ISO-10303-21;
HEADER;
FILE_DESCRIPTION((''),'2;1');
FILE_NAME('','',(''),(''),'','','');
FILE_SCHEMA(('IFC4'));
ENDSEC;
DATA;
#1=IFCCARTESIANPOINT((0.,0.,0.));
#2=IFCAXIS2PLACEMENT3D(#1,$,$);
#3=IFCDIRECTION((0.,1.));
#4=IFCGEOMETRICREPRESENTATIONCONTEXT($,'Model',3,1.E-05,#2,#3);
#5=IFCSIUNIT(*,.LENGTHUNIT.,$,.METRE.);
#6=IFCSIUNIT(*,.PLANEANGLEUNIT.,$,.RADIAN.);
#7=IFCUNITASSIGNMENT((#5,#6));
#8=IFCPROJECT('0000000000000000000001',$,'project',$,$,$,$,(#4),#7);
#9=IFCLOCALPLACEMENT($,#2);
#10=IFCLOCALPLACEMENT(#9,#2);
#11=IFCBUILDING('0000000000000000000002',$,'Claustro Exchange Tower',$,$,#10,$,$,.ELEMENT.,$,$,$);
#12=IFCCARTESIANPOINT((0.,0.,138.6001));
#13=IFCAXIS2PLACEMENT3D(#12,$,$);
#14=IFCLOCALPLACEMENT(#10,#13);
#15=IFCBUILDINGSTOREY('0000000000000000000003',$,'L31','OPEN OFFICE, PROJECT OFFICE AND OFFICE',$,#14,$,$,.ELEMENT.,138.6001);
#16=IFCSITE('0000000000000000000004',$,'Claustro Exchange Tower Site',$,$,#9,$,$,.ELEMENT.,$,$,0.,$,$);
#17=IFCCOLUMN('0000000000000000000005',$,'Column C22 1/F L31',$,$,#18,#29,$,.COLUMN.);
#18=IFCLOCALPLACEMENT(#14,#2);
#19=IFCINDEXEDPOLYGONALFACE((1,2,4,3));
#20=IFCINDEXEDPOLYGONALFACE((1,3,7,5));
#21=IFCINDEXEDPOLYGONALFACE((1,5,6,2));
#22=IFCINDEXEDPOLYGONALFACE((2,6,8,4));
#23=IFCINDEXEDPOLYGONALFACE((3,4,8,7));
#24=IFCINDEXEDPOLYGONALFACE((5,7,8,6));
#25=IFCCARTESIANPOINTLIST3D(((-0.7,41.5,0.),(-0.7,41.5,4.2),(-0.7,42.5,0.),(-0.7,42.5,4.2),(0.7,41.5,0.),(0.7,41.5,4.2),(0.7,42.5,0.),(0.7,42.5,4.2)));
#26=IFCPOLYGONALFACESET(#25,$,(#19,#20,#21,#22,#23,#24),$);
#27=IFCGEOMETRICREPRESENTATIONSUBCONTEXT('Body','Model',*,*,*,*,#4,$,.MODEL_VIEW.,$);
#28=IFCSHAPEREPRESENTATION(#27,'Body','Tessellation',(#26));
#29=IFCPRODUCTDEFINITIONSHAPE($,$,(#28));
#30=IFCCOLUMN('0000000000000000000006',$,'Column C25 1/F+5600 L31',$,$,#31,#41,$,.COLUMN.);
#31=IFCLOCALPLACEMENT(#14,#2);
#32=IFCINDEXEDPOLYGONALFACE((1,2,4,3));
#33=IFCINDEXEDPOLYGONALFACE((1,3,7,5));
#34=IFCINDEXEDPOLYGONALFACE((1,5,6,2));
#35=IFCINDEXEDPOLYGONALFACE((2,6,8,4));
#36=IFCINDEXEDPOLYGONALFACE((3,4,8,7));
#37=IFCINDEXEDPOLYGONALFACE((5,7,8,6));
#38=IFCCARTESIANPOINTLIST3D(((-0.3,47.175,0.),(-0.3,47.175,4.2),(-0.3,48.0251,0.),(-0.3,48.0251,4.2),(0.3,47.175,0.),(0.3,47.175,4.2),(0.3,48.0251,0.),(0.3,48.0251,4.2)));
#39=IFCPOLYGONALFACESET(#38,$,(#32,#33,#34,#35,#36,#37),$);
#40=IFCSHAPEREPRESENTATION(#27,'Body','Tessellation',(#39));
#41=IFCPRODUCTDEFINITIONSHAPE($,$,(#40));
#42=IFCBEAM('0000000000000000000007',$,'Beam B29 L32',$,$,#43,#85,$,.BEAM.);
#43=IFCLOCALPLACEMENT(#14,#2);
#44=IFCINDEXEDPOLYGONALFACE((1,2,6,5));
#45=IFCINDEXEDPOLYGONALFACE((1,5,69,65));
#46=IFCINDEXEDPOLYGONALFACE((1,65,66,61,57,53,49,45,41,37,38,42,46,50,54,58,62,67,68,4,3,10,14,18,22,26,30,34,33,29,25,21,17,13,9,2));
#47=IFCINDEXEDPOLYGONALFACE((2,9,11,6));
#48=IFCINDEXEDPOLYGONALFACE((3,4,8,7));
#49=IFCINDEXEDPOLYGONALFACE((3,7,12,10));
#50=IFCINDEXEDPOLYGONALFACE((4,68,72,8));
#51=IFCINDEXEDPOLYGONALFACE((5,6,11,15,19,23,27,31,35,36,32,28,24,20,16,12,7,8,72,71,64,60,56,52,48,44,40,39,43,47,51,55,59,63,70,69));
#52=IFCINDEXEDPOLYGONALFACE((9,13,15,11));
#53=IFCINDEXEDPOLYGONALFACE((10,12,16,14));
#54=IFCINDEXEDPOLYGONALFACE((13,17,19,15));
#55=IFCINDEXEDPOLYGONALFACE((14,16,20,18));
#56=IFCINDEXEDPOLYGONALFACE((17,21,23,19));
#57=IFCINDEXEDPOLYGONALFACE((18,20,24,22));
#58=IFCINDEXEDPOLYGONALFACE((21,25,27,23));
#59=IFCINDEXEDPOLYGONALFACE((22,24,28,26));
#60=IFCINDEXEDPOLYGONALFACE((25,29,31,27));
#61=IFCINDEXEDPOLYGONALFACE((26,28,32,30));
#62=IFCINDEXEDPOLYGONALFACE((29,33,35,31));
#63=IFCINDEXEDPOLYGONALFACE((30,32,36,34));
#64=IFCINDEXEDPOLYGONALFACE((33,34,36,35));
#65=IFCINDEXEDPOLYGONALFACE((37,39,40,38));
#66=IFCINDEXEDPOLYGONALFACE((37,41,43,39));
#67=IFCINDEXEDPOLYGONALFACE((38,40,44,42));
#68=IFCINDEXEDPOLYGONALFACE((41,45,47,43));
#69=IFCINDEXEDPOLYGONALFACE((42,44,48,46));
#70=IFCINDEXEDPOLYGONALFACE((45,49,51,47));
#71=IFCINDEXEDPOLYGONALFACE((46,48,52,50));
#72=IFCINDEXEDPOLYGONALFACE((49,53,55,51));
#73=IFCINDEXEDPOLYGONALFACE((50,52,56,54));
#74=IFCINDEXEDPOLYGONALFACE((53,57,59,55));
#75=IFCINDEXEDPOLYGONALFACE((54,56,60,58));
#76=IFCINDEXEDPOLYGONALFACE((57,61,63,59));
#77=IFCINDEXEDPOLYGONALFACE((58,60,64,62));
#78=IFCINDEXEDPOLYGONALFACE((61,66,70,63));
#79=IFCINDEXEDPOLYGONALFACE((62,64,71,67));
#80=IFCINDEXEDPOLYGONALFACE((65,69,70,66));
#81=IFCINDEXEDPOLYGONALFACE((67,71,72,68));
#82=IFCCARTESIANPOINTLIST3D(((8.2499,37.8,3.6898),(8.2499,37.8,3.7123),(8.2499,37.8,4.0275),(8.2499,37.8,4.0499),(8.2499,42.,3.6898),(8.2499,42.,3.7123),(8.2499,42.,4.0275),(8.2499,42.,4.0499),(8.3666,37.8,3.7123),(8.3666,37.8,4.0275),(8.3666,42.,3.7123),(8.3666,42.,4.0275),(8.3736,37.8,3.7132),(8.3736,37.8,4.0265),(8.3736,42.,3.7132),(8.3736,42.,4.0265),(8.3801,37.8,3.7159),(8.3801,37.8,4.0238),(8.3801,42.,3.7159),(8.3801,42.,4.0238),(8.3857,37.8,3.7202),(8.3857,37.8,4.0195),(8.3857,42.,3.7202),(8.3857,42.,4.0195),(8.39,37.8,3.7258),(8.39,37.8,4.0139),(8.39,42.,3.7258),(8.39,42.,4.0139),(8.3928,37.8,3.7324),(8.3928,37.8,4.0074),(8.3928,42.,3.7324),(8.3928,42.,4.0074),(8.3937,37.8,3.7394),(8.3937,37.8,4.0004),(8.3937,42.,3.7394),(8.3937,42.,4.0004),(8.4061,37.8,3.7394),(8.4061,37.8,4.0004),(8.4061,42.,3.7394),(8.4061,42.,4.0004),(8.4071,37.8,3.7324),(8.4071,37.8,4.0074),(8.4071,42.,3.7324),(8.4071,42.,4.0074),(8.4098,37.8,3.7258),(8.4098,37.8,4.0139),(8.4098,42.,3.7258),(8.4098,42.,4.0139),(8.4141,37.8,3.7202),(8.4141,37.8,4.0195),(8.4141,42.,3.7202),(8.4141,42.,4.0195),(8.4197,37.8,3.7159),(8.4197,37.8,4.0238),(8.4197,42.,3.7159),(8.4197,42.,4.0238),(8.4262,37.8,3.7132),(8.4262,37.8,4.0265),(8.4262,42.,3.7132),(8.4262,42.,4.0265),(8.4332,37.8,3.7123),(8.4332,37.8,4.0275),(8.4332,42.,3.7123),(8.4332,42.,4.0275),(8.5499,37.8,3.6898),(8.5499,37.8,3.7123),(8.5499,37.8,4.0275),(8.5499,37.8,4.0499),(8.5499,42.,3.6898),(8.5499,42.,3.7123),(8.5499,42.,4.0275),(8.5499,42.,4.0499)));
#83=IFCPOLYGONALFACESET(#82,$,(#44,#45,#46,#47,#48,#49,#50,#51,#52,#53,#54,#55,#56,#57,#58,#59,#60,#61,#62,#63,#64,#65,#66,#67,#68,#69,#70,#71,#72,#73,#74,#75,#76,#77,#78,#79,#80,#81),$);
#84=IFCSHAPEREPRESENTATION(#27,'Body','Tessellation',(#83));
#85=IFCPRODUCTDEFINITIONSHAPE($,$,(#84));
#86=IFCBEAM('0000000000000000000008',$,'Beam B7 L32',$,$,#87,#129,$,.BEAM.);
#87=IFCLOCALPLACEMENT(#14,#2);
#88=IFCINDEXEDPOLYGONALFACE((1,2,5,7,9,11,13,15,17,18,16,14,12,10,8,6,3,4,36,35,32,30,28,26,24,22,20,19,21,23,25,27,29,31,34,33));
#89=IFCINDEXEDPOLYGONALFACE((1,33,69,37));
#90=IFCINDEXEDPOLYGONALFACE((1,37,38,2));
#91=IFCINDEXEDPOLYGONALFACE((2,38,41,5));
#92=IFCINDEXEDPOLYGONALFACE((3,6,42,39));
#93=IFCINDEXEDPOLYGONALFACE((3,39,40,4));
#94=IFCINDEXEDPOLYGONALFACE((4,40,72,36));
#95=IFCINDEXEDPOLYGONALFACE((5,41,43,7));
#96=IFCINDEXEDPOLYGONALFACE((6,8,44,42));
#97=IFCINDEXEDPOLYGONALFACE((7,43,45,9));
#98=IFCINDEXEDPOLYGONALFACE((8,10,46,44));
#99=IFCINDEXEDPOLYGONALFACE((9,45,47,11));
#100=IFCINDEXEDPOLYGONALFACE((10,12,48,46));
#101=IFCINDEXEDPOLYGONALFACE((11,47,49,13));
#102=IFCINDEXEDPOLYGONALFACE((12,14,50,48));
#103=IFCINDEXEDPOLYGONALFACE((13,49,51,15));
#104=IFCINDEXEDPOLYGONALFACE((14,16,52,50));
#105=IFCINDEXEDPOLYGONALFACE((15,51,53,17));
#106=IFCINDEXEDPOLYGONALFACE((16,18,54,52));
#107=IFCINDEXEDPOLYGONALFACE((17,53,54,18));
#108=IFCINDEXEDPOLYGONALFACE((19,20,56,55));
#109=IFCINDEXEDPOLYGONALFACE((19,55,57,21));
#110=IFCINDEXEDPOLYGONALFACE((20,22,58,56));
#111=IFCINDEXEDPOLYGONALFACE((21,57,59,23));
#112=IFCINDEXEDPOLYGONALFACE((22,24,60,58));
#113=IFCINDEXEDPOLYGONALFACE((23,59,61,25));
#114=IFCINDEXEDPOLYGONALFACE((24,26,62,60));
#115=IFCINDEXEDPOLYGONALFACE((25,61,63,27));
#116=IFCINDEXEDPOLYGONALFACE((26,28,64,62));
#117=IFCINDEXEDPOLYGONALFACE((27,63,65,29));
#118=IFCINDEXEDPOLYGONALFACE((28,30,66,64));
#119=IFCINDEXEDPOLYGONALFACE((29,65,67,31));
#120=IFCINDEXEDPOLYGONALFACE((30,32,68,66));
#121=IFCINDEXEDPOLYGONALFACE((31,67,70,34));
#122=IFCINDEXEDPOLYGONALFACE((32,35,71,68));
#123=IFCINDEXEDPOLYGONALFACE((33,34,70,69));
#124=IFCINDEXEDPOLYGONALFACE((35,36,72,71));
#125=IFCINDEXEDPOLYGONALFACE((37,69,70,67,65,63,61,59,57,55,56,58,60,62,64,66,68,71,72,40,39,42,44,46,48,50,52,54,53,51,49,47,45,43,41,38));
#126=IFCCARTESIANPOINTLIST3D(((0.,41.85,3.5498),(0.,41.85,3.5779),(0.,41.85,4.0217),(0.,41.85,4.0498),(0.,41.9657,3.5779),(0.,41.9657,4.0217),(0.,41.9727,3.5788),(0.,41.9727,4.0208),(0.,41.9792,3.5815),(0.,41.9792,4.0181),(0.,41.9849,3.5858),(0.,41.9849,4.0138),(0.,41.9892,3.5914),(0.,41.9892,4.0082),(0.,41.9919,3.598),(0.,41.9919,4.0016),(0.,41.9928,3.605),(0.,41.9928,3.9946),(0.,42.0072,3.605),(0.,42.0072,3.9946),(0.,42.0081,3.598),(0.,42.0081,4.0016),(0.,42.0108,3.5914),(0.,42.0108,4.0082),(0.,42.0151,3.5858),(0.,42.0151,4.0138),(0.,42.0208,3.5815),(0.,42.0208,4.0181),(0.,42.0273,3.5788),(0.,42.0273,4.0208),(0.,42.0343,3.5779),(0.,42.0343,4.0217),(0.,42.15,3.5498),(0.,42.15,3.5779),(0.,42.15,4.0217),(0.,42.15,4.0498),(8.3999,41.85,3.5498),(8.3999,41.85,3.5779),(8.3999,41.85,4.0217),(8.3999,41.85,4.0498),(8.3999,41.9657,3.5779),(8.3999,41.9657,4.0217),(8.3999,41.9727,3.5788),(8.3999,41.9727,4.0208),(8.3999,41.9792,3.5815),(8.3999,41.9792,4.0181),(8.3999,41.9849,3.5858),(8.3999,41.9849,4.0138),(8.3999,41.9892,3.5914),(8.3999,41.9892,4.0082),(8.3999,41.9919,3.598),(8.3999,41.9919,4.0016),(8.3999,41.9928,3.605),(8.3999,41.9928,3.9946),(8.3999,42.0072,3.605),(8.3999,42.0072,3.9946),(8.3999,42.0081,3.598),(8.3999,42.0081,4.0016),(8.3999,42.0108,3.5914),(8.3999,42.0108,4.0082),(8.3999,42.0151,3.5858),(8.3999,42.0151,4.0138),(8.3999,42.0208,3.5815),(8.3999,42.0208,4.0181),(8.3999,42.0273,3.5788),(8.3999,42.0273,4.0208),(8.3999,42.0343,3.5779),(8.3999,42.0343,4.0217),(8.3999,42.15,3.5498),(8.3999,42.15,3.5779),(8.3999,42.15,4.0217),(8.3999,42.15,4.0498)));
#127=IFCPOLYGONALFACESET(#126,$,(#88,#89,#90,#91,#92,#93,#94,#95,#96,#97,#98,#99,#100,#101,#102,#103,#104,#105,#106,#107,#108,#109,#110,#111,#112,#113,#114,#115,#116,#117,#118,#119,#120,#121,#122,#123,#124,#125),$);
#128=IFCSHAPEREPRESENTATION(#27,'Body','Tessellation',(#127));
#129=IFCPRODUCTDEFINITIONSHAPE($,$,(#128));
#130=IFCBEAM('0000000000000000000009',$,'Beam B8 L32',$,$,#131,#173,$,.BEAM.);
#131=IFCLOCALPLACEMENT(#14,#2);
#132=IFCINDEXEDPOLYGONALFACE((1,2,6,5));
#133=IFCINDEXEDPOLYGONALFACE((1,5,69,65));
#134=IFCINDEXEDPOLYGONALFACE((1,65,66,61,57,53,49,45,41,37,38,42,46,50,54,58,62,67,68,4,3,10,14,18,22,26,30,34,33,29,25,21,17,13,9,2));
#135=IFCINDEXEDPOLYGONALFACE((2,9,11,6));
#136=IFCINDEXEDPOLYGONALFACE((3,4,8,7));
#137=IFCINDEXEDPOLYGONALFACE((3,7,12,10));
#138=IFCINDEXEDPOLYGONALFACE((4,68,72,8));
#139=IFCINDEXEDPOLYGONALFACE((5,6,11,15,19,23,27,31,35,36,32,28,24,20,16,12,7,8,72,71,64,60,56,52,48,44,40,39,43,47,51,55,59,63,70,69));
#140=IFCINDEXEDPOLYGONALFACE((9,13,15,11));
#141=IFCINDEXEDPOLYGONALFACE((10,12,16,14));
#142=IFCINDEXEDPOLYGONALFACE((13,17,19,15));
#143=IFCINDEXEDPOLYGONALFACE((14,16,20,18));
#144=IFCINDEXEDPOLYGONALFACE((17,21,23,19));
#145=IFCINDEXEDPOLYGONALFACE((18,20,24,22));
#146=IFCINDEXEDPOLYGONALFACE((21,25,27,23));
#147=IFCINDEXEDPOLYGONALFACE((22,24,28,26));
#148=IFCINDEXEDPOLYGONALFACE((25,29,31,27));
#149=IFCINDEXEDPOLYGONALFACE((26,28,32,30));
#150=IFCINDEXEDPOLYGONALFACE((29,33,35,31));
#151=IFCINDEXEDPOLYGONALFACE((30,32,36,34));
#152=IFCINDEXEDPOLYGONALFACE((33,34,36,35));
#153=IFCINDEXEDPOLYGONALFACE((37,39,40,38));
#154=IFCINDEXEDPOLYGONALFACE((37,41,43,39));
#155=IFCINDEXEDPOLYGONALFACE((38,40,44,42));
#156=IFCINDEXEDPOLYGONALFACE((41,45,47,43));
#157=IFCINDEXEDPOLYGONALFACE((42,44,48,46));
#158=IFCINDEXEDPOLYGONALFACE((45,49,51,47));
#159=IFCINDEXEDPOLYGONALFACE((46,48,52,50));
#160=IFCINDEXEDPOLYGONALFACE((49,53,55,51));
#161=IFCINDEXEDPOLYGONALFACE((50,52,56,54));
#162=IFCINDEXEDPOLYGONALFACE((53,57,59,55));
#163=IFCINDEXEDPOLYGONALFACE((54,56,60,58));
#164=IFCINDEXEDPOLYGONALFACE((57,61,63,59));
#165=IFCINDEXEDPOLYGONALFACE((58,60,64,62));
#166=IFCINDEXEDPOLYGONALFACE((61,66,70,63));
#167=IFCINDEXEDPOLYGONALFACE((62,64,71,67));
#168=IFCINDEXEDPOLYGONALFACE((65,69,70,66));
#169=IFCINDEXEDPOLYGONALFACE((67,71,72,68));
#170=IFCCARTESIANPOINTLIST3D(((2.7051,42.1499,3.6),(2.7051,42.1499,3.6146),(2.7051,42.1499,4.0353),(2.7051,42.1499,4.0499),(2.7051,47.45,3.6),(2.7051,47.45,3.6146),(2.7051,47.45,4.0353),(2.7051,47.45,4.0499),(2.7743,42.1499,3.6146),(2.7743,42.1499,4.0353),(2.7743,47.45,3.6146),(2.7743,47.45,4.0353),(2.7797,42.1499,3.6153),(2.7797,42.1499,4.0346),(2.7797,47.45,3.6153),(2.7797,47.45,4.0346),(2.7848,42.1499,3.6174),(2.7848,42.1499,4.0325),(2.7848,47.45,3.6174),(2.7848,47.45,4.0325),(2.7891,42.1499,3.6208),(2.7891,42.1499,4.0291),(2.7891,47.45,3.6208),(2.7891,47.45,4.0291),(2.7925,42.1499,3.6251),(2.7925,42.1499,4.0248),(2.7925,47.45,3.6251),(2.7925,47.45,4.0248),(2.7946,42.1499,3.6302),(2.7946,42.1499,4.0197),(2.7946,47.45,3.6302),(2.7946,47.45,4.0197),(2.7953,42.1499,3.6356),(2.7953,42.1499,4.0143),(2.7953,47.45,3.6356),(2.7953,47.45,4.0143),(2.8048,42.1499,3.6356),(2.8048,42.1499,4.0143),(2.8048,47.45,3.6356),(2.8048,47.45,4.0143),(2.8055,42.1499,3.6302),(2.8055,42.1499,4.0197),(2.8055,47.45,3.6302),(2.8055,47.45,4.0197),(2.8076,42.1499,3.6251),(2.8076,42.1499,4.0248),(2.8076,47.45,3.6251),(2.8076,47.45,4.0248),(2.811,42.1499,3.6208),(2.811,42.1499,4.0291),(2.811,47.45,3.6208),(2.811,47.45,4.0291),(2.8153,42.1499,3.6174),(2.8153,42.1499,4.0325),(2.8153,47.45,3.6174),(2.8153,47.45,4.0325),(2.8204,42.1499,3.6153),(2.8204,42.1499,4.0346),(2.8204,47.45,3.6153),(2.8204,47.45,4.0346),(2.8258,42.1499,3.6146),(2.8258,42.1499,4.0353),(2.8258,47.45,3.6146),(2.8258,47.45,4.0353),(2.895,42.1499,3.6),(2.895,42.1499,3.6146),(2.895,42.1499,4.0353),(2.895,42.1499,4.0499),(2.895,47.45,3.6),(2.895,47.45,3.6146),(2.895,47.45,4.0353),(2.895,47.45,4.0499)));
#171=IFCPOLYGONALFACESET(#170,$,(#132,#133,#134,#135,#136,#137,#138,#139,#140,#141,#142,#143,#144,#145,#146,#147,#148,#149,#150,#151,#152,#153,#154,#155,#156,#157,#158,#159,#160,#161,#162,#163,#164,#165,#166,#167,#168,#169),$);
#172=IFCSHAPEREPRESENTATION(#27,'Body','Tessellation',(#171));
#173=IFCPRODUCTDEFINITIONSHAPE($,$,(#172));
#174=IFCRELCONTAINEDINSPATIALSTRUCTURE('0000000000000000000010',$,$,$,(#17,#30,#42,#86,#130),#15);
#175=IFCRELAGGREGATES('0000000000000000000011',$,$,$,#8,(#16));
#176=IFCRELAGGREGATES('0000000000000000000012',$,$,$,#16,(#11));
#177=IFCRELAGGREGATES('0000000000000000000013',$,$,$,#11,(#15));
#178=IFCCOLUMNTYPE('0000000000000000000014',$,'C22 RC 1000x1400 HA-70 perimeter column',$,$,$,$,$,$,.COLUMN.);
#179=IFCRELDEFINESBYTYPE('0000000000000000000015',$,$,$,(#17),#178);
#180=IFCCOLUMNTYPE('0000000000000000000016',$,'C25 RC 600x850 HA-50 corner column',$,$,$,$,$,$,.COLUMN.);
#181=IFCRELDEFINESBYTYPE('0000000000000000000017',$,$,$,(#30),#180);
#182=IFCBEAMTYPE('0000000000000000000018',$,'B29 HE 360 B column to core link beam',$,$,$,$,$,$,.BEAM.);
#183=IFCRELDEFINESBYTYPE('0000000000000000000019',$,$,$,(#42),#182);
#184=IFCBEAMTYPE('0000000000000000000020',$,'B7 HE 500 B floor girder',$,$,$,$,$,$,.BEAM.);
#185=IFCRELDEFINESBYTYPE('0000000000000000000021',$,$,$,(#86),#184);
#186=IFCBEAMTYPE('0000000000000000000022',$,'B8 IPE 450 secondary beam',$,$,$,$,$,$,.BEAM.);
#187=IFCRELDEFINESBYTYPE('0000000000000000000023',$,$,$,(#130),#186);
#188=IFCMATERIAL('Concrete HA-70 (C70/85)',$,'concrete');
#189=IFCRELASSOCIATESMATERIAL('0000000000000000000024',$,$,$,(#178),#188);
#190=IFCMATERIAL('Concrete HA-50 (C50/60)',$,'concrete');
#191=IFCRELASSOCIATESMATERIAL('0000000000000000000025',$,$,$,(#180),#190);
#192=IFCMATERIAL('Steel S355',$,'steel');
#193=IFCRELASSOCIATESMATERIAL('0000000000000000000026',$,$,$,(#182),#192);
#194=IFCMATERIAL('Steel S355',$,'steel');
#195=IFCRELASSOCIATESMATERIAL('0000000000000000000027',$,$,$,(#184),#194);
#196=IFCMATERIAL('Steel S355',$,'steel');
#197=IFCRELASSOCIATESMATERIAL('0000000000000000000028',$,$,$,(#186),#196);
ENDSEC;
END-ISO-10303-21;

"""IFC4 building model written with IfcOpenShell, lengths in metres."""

from ifc_helpers import new_model, si_unit, direction, frame, origin, origin_2d, place, context, subcontext, project, spatial, rectangle, i_section, extrude, material, material_profile, profile_set, type_object, element, save


model = new_model("IFC4")

# Units and contexts
model_context = context("Model", 3, precision=1e-05, world=origin(), true_north=direction((0.0, 1.0)))
body_context = subcontext(model_context, "Body", "Model", "MODEL_VIEW")
ifc_project = project(units=[si_unit("LENGTHUNIT", "METRE"), si_unit("PLANEANGLEUNIT", "RADIAN")], contexts=[model_context])

# Site, building, storey
site_placement = place(None, origin())
site = spatial("IfcSite", under=ifc_project, at=site_placement, Name="Claustro Exchange Tower Site", CompositionType="ELEMENT", RefElevation=0.0)
building_placement = place(site_placement, origin())
building = spatial("IfcBuilding", under=site, at=building_placement, Name="Claustro Exchange Tower", CompositionType="ELEMENT")
storey_placement = place(building_placement, frame((0.0, 0.0, 138.6001)))
storey = spatial("IfcBuildingStorey", under=building, at=storey_placement, Name="L31", Description="OPEN OFFICE, PROJECT OFFICE AND OFFICE", CompositionType="ELEMENT", Elevation=138.6001)

# Columns
ifc_material_1 = material(Name="Concrete HA-70 (C70/85)", Category="concrete")
ifc_material_profile_1 = material_profile(ifc_material_1, rectangle(XDim=1.0, YDim=1.3999, at=origin_2d()), Name="RC 1000x1400")
ifc_profile_set_1 = profile_set([ifc_material_profile_1], Name="Concrete HA-70 (C70/85)")
column_type_1 = type_object("IfcColumnType", Name="C22 RC 1000x1400 HA-70 perimeter column", PredefinedType="COLUMN", material=ifc_profile_set_1)
column_1_placement = place(storey_placement, frame((0.0, 42.0, 0.0), z_axis=(0.0, 0.0, 1.0), x_axis=(0.0, 1.0, 0.0)))
element("IfcColumn", 1, at=column_1_placement, inside=storey, type_object=column_type_1, Name="Column C22 1/F L31", PredefinedType="COLUMN", context=body_context, shape_type="SweptSolid", body=[
    extrude(rectangle(XDim=1.0, YDim=1.3999, at=origin_2d()), origin(), (0.0, 0.0, 1.0), 4.2),
])
ifc_material_2 = material(Name="Concrete HA-50 (C50/60)", Category="concrete")
ifc_material_profile_2 = material_profile(ifc_material_2, rectangle(XDim=0.6001, YDim=0.8501, at=origin_2d()), Name="RC 600x850")
ifc_profile_set_2 = profile_set([ifc_material_profile_2], Name="Concrete HA-50 (C50/60)")
column_type_2 = type_object("IfcColumnType", Name="C25 RC 600x850 HA-50 corner column", PredefinedType="COLUMN", material=ifc_profile_set_2)
column_2_placement = place(storey_placement, frame((0.0, 47.6001, 0.0), z_axis=(0.0, 0.0, 1.0), x_axis=(1.0, 0.0, 0.0)))
element("IfcColumn", 2, at=column_2_placement, inside=storey, type_object=column_type_2, Name="Column C25 1/F+5600 L31", PredefinedType="COLUMN", context=body_context, shape_type="SweptSolid", body=[
    extrude(rectangle(XDim=0.6001, YDim=0.8501, at=origin_2d()), origin(), (0.0, 0.0, 1.0), 4.2),
])

# Beams
ifc_material_3 = material(Name="Steel S355", Category="steel")
ifc_material_profile_3 = material_profile(ifc_material_3, i_section(OverallWidth=0.3, OverallDepth=0.3601, WebThickness=0.0125, FlangeThickness=0.0225, FilletRadius=0.0271, at=origin_2d()), Name="HE 360 B")
ifc_profile_set_3 = profile_set([ifc_material_profile_3], Name="Steel S355")
beam_type_1 = type_object("IfcBeamType", Name="B29 HE 360 B column to core link beam", PredefinedType="BEAM", material=ifc_profile_set_3)
beam_1_placement = place(storey_placement, frame((8.3999, 37.8, 3.8699), z_axis=(0.0, 1.0, 0.0), x_axis=(-1.0, 0.0, 0.0)))
element("IfcBeam", 3, at=beam_1_placement, inside=storey, type_object=beam_type_1, Name="Beam B29 L32", PredefinedType="BEAM", context=body_context, shape_type="SweptSolid", body=[
    extrude(i_section(OverallWidth=0.3, OverallDepth=0.3601, WebThickness=0.0125, FlangeThickness=0.0225, FilletRadius=0.0271, at=origin_2d()), origin(), (0.0, 0.0, 1.0), 4.2),
])
ifc_material_4 = material(Name="Steel S355", Category="steel")
ifc_material_profile_4 = material_profile(ifc_material_4, i_section(OverallWidth=0.3, OverallDepth=0.5, WebThickness=0.0144, FlangeThickness=0.0281, FilletRadius=0.0271, at=origin_2d()), Name="HE 500 B")
ifc_profile_set_4 = profile_set([ifc_material_profile_4], Name="Steel S355")
beam_type_2 = type_object("IfcBeamType", Name="B7 HE 500 B floor girder", PredefinedType="BEAM", material=ifc_profile_set_4)
beam_2_placement = place(storey_placement, frame((0.0, 42.0, 3.7998), z_axis=(1.0, 0.0, 0.0), x_axis=(0.0, 1.0, 0.0)))
element("IfcBeam", 4, at=beam_2_placement, inside=storey, type_object=beam_type_2, Name="Beam B7 L32", PredefinedType="BEAM", context=body_context, shape_type="SweptSolid", body=[
    extrude(i_section(OverallWidth=0.3, OverallDepth=0.5, WebThickness=0.0144, FlangeThickness=0.0281, FilletRadius=0.0271, at=origin_2d()), origin(), (0.0, 0.0, 1.0), 8.3999),
])
ifc_material_5 = material(Name="Steel S355", Category="steel")
ifc_material_profile_5 = material_profile(ifc_material_5, i_section(OverallWidth=0.1899, OverallDepth=0.45, WebThickness=0.0095, FlangeThickness=0.0146, FilletRadius=0.021, at=origin_2d()), Name="IPE 450")
ifc_profile_set_5 = profile_set([ifc_material_profile_5], Name="Steel S355")
beam_type_3 = type_object("IfcBeamType", Name="B8 IPE 450 secondary beam", PredefinedType="BEAM", material=ifc_profile_set_5)
for number, where, z_axis, x_axis, name in (
    (5, (2.8, 42.1499, 3.825), (0.0, 1.0, 0.0), (-1.0, 0.0, 0.0), "Beam B8 L32"),
):
    element("IfcBeam", number, at=place(storey_placement, frame(where, z_axis=z_axis, x_axis=x_axis)), inside=storey, type_object=beam_type_3, Name=name, PredefinedType="BEAM", context=body_context, shape_type="SweptSolid", body=[
        extrude(i_section(OverallWidth=0.1899, OverallDepth=0.45, WebThickness=0.0095, FlangeThickness=0.0146, FilletRadius=0.021, at=origin_2d()), origin(), (0.0, 0.0, 1.0), 5.3),
    ])

save(model, "model.ifc")
